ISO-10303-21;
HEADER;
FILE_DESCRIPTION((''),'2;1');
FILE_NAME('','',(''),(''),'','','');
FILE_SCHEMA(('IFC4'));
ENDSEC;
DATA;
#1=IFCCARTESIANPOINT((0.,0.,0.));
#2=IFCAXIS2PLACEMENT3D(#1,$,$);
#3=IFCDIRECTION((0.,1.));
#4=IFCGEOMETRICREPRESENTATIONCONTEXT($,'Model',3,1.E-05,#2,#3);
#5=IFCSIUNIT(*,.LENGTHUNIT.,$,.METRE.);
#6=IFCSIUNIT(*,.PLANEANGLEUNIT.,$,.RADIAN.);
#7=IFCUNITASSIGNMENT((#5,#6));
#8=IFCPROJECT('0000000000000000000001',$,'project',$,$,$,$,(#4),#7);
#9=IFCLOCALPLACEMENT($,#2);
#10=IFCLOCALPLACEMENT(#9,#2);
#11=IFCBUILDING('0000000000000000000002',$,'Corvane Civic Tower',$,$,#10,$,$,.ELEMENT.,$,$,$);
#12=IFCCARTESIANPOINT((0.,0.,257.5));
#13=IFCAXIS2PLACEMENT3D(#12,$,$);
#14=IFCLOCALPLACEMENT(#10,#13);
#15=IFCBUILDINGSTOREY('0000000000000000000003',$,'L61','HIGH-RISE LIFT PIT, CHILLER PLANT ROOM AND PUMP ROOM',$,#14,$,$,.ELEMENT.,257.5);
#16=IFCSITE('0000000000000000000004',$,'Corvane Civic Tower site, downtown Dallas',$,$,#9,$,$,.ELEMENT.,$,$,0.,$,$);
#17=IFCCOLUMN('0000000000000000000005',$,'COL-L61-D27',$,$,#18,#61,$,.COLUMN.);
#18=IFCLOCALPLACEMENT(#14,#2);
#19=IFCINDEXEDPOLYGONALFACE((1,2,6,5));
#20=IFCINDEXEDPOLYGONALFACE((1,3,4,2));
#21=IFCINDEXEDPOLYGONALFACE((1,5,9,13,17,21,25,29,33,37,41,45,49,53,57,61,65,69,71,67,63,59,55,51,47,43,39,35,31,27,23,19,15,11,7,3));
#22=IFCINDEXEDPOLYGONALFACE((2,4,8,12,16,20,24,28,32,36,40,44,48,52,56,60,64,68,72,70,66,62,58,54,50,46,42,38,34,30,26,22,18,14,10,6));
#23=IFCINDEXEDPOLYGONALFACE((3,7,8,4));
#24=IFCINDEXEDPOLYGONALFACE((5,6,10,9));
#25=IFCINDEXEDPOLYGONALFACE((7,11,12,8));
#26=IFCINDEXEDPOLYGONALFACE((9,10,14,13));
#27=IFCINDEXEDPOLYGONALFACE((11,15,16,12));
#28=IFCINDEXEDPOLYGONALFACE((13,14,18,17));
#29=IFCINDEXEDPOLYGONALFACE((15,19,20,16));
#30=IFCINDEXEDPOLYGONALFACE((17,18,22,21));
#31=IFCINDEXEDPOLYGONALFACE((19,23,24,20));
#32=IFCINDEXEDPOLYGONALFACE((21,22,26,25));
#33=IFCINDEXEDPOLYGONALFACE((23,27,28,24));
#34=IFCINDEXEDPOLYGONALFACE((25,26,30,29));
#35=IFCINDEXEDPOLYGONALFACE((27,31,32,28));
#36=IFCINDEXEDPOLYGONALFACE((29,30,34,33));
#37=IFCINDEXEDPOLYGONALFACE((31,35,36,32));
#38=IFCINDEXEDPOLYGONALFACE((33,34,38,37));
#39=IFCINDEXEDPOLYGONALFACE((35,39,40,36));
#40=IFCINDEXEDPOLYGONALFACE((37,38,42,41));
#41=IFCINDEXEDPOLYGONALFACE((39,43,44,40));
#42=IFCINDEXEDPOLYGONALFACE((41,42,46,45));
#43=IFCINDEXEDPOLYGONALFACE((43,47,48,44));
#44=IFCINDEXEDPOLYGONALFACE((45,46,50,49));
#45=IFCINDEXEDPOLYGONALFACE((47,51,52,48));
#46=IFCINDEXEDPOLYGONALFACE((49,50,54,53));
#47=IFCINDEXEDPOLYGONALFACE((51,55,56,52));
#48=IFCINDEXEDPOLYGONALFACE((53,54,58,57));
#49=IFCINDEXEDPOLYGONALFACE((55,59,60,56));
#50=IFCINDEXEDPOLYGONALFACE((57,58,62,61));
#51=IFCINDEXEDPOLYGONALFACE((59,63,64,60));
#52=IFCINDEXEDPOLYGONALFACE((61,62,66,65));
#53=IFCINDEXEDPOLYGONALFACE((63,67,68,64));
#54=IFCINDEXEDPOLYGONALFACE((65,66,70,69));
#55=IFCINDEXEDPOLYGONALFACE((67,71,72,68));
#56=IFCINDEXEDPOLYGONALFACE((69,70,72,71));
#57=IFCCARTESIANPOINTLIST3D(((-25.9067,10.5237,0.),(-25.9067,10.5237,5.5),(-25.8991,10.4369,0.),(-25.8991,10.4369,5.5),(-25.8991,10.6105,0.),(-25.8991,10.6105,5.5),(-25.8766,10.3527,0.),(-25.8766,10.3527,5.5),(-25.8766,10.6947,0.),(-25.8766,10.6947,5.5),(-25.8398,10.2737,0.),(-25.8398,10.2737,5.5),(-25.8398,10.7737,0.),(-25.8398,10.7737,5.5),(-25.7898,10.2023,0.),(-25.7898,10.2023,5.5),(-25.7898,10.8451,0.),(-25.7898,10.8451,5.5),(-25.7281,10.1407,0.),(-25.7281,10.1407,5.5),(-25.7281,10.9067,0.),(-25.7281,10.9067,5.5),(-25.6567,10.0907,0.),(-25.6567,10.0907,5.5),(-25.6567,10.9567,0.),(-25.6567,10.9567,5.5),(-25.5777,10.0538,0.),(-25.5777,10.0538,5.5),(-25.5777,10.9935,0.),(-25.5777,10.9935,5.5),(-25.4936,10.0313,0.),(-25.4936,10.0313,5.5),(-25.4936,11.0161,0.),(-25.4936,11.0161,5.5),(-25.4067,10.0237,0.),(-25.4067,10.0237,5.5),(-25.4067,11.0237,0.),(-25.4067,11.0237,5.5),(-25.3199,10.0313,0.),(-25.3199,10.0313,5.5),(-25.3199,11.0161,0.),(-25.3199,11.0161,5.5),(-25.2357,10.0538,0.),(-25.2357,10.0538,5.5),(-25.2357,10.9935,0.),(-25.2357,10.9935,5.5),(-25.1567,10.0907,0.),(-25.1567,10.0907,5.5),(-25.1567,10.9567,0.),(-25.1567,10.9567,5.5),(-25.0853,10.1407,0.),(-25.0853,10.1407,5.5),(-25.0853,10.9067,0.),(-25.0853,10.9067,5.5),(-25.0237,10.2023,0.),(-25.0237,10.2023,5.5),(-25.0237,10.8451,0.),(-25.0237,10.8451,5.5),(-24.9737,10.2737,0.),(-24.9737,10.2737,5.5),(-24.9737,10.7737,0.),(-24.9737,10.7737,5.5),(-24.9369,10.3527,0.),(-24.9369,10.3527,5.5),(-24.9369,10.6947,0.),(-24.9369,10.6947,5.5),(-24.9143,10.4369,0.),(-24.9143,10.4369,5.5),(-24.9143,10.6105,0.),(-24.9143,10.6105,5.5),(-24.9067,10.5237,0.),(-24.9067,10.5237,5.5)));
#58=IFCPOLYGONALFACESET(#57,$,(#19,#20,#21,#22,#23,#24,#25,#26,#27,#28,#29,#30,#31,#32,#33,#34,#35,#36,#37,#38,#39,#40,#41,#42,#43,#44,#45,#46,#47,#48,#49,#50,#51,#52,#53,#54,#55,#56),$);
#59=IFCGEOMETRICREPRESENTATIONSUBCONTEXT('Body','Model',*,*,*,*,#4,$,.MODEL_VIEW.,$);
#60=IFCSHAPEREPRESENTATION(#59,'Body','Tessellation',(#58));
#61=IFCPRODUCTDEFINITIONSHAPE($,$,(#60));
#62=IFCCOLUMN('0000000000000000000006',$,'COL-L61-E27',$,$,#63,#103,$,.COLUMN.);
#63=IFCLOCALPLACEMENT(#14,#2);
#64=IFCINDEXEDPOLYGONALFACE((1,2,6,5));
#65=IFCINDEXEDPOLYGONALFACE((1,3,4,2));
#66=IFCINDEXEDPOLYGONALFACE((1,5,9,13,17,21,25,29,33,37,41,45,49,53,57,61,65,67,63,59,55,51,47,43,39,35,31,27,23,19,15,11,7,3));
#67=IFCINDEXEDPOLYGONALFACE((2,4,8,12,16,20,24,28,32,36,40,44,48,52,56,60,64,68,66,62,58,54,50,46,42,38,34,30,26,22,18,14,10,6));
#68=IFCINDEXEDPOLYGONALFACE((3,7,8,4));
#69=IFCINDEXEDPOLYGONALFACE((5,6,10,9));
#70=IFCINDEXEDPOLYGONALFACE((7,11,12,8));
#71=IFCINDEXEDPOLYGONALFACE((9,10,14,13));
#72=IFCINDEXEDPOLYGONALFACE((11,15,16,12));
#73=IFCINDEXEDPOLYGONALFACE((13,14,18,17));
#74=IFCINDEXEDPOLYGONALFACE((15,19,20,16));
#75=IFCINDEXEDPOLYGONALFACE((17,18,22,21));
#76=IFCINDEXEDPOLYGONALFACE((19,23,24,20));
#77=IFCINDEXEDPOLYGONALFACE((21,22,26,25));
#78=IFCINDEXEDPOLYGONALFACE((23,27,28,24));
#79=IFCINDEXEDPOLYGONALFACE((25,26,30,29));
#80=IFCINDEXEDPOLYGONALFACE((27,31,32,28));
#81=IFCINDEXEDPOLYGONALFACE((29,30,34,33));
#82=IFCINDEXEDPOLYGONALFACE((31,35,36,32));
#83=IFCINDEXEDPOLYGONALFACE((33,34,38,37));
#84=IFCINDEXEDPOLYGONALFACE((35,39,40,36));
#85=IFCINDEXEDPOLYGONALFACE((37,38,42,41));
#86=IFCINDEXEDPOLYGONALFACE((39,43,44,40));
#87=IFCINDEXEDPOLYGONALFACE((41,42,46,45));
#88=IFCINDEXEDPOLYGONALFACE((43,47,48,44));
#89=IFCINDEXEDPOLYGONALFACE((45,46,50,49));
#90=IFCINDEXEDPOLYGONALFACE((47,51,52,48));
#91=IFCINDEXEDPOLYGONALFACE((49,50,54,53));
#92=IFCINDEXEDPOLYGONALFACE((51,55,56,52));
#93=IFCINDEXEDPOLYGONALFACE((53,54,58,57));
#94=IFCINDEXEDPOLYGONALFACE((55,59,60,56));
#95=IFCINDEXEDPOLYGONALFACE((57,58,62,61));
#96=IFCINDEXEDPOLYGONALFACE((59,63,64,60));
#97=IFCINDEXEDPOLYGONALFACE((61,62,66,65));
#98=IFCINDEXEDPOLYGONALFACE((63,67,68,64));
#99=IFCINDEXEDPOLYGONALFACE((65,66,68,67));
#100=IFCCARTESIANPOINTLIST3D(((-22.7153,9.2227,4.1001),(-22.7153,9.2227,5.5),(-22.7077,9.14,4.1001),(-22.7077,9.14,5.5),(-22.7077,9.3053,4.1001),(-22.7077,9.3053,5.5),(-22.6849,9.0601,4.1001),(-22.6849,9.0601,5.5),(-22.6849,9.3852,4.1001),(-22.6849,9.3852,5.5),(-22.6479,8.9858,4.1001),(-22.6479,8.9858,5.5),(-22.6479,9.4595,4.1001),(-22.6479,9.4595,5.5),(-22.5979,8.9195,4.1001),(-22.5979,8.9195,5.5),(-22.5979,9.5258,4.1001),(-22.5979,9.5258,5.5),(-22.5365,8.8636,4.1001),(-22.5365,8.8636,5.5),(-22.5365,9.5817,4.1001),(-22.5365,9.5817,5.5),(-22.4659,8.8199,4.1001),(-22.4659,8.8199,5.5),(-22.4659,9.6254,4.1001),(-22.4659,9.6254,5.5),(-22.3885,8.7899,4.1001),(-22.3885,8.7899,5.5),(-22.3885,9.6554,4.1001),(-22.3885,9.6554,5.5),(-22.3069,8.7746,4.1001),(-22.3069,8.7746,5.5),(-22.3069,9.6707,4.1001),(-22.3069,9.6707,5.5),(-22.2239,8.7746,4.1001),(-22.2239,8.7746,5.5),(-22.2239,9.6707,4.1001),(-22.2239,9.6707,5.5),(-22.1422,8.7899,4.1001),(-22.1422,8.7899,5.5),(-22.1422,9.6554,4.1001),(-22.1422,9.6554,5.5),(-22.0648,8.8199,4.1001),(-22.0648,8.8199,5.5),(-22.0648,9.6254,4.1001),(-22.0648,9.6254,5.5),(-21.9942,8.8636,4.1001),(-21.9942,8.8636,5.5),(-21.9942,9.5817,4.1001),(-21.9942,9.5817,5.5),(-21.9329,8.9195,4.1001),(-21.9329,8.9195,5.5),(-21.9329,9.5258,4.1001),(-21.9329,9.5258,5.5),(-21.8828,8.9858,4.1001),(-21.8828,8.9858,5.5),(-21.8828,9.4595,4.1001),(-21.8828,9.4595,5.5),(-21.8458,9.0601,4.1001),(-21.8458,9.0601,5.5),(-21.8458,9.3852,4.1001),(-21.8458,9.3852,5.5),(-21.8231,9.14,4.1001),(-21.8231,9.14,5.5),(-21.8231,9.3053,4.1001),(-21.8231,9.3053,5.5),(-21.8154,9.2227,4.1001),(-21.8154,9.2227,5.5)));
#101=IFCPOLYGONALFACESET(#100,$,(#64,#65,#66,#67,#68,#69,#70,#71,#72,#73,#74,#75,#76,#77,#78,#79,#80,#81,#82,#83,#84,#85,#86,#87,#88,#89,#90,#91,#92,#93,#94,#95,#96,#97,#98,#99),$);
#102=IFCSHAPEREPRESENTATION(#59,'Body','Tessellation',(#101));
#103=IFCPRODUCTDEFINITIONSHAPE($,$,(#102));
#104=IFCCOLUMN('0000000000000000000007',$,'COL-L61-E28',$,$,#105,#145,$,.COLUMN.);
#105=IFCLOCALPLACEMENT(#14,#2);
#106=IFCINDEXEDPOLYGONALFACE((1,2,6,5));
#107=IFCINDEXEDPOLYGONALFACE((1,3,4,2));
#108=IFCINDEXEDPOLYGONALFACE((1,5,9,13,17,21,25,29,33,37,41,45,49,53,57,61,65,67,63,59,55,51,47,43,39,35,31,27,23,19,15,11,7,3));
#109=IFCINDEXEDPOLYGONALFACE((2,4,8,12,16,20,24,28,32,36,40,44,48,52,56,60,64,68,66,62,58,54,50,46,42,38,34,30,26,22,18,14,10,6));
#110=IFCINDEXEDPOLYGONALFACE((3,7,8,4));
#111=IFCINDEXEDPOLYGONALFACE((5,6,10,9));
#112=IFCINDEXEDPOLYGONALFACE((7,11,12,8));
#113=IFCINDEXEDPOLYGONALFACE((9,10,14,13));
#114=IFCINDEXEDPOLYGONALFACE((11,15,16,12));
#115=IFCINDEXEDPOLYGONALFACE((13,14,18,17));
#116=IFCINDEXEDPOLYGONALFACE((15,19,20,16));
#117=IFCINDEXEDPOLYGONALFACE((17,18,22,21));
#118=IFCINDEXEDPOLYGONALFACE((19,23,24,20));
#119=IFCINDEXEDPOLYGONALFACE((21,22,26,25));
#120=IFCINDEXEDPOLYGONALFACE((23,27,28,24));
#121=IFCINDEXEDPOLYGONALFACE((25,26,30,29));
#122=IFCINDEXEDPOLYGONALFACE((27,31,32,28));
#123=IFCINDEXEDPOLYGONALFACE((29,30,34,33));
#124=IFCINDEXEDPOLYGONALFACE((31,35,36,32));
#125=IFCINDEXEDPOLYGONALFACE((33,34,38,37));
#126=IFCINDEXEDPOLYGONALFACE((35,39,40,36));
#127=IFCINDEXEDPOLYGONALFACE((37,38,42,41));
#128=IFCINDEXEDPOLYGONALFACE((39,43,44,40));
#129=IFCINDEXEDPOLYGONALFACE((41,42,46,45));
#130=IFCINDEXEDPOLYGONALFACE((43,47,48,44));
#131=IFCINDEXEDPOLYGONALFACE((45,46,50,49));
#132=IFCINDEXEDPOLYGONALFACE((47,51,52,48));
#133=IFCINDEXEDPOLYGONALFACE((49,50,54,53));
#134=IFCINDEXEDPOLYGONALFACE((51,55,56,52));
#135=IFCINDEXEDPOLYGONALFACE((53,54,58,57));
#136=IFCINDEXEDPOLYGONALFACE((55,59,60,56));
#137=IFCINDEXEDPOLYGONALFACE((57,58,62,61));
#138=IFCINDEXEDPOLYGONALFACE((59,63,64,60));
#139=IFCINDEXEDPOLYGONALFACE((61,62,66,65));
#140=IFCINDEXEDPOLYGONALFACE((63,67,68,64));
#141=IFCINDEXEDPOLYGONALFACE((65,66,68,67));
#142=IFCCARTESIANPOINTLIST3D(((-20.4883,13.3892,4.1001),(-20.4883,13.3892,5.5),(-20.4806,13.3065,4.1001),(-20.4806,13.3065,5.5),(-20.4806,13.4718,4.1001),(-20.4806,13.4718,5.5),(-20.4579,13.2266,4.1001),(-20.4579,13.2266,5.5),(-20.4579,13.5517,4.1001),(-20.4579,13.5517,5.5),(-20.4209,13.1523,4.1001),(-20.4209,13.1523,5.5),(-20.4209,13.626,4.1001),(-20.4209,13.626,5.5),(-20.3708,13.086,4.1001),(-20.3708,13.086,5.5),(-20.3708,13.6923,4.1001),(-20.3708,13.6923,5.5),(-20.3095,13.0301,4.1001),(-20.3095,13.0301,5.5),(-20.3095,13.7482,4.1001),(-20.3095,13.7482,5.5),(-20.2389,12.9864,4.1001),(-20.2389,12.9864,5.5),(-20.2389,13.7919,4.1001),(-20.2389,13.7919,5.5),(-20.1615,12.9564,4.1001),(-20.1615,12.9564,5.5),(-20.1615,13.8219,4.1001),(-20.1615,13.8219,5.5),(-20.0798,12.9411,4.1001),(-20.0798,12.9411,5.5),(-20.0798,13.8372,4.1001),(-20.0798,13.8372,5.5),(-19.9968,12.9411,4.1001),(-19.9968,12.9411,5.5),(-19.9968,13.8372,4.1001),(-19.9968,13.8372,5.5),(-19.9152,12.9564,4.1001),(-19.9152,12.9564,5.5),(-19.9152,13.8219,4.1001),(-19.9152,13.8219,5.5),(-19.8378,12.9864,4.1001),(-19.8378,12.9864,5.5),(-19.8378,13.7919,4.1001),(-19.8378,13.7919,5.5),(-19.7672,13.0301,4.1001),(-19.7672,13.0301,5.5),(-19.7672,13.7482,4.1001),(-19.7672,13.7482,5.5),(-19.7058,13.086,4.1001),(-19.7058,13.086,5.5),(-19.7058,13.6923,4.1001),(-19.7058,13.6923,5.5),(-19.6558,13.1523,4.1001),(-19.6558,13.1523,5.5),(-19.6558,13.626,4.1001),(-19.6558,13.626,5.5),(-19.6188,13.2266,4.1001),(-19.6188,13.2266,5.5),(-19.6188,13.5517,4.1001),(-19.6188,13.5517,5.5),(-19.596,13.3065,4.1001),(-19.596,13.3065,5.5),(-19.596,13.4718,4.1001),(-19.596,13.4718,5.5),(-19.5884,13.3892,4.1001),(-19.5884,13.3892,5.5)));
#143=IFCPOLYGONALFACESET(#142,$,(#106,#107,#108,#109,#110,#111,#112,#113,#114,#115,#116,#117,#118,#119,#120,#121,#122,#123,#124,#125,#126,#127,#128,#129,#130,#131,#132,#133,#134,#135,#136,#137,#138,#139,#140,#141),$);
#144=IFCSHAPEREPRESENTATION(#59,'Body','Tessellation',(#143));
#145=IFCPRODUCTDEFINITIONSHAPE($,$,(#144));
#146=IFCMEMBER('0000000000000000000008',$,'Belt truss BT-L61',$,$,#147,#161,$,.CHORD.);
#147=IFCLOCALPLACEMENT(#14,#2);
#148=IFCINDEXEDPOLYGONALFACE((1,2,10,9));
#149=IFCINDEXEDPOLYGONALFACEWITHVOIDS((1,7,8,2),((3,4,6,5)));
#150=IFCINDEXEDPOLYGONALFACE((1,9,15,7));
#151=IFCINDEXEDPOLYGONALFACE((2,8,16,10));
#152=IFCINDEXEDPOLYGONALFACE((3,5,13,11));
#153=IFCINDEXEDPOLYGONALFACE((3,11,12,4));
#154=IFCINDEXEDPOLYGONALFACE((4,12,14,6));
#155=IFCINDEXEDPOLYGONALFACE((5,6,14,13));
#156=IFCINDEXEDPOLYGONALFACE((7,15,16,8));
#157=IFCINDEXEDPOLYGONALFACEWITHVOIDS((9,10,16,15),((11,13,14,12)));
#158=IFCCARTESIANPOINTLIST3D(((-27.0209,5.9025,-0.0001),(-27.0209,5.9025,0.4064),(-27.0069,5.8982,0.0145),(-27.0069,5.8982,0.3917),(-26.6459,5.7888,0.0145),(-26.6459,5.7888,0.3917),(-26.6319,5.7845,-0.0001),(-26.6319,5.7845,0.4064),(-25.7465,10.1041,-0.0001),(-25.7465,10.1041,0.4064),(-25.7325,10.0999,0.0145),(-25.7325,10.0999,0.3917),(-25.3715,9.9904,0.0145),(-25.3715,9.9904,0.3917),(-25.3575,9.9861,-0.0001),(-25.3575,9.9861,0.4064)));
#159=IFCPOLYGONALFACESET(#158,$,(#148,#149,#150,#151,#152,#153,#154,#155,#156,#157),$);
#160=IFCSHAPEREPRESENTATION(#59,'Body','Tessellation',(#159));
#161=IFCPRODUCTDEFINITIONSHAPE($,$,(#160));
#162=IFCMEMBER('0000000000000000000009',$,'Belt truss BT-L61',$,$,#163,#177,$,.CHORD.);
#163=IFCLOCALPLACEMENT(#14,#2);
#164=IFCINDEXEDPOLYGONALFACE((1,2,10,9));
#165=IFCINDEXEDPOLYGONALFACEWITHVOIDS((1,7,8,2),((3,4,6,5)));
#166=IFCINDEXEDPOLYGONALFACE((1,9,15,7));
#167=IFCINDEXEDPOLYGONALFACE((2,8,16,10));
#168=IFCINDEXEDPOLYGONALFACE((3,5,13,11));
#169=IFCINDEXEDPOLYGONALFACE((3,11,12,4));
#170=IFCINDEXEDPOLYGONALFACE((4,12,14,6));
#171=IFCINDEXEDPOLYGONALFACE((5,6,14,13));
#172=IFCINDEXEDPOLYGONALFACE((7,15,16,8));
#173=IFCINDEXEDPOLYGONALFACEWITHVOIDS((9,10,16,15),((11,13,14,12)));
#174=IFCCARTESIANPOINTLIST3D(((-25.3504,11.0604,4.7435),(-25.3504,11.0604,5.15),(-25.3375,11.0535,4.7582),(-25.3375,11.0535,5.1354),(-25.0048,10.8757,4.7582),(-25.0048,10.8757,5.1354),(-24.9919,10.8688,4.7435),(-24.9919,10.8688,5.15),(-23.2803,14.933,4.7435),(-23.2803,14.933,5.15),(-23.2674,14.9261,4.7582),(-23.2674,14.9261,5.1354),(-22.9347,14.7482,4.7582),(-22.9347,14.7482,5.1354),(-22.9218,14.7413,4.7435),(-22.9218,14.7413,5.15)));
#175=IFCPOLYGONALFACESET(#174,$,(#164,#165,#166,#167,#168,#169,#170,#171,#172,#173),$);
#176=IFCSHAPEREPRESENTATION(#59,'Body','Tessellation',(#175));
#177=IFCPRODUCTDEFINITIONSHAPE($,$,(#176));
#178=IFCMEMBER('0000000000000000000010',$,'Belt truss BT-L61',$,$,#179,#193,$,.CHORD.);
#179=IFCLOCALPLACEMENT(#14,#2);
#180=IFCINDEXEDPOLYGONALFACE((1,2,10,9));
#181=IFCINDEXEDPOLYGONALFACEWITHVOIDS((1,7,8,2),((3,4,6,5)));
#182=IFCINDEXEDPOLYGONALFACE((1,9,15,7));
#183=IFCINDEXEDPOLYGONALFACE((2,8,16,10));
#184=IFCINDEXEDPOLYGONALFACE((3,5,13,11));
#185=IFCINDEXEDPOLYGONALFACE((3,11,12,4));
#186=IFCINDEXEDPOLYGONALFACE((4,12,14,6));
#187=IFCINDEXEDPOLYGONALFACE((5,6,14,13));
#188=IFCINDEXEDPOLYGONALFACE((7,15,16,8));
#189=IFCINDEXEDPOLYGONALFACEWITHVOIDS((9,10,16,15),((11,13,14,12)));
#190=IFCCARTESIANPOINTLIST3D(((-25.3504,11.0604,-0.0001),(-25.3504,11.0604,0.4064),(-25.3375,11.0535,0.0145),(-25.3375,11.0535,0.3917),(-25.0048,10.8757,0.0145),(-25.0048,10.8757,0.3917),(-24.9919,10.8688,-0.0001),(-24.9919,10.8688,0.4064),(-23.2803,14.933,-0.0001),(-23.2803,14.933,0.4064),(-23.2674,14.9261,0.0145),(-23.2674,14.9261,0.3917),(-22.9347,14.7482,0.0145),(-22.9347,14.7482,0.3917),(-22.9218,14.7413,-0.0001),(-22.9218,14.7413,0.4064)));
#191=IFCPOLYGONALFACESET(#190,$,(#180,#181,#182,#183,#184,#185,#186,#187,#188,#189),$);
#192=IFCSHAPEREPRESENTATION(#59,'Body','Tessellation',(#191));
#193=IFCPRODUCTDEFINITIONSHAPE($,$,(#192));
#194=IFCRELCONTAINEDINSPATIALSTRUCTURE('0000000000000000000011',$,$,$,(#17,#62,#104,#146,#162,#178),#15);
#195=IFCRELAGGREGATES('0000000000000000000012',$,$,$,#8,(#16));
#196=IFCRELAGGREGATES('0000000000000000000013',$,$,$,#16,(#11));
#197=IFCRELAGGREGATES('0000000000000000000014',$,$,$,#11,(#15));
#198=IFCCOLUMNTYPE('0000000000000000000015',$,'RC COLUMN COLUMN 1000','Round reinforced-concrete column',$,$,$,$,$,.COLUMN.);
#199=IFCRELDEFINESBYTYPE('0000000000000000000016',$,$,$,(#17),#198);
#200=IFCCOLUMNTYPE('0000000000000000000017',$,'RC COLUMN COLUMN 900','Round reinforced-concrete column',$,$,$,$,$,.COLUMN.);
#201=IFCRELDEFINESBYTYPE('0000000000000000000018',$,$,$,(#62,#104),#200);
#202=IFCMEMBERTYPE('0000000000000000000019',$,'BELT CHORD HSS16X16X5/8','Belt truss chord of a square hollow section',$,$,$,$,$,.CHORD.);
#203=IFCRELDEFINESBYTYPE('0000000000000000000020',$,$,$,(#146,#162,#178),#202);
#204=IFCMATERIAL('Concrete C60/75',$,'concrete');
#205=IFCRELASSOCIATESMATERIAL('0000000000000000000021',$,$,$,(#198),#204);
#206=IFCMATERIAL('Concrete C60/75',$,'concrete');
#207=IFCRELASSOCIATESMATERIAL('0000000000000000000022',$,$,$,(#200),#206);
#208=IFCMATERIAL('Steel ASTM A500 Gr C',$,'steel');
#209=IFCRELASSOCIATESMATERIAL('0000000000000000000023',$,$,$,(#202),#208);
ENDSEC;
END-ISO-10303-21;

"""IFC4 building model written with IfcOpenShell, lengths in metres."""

from ifc_helpers import new_model, si_unit, direction, frame, origin, origin_2d, place, context, subcontext, project, spatial, hollow_rectangle, circle, extrude, material, material_profile, profile_set, type_object, element, save


model = new_model("IFC4")

# Units and contexts
model_context = context("Model", 3, precision=1e-05, world=origin(), true_north=direction((0.0, 1.0)))
body_context = subcontext(model_context, "Body", "Model", "MODEL_VIEW")
ifc_project = project(units=[si_unit("LENGTHUNIT", "METRE"), si_unit("PLANEANGLEUNIT", "RADIAN")], contexts=[model_context])

# Site, building, storey
site_placement = place(None, origin())
site = spatial("IfcSite", under=ifc_project, at=site_placement, Name="Corvane Civic Tower site, downtown Dallas", CompositionType="ELEMENT", RefElevation=0.0)
building_placement = place(site_placement, origin())
building = spatial("IfcBuilding", under=site, at=building_placement, Name="Corvane Civic Tower", CompositionType="ELEMENT")
storey_placement = place(building_placement, frame((0.0, 0.0, 257.5)))
storey = spatial("IfcBuildingStorey", under=building, at=storey_placement, Name="L61", Description="HIGH-RISE LIFT PIT, CHILLER PLANT ROOM AND PUMP ROOM", CompositionType="ELEMENT", Elevation=257.5)

# Columns
ifc_material_1 = material(Name="Concrete C60/75", Category="concrete")
ifc_material_profile_1 = material_profile(ifc_material_1, circle(Radius=0.5, at=origin_2d()), Name="COLUMN 1000")
ifc_profile_set_1 = profile_set([ifc_material_profile_1], Name="Concrete C60/75")
column_type_1 = type_object("IfcColumnType", Name="RC COLUMN COLUMN 1000", Description="Round reinforced-concrete column", PredefinedType="COLUMN", material=ifc_profile_set_1)
column_placement = place(storey_placement, frame((-25.4067, 10.5237, 0.0), z_axis=(0.0, 0.0, 1.0), x_axis=(1.0, 0.0, 0.0)))
element("IfcColumn", 1, at=column_placement, inside=storey, type_object=column_type_1, Name="COL-L61-D27", PredefinedType="COLUMN", context=body_context, shape_type="SweptSolid", body=[
    extrude(circle(Radius=0.5, at=origin_2d()), origin(), (0.0, 0.0, 1.0), 5.5),
])
ifc_material_2 = material(Name="Concrete C60/75", Category="concrete")
ifc_material_profile_2 = material_profile(ifc_material_2, circle(Radius=0.45, at=origin_2d()), Name="COLUMN 900")
ifc_profile_set_2 = profile_set([ifc_material_profile_2], Name="Concrete C60/75")
column_type_2 = type_object("IfcColumnType", Name="RC COLUMN COLUMN 900", Description="Round reinforced-concrete column", PredefinedType="COLUMN", material=ifc_profile_set_2)
for number, where, z_axis, x_axis, name in (
    (2, (-22.2654, 9.2227, 4.1001), (0.0, 0.0, 1.0), (1.0, 0.0, 0.0), "COL-L61-E27"),
    (3, (-20.0383, 13.3892, 4.1001), (0.0, 0.0, 1.0), (1.0, 0.0, 0.0), "COL-L61-E28"),
):
    element("IfcColumn", number, at=place(storey_placement, frame(where, z_axis=z_axis, x_axis=x_axis)), inside=storey, type_object=column_type_2, Name=name, PredefinedType="COLUMN", context=body_context, shape_type="SweptSolid", body=[
        extrude(circle(Radius=0.45, at=origin_2d()), origin(), (0.0, 0.0, 1.0), 1.3999),
    ])

# Members
ifc_material_3 = material(Name="Steel ASTM A500 Gr C", Category="steel")
ifc_material_profile_3 = material_profile(ifc_material_3, hollow_rectangle(XDim=0.4065, YDim=0.4065, WallThickness=0.0146, at=origin_2d()), Name="HSS16X16X5/8")
ifc_profile_set_3 = profile_set([ifc_material_profile_3], Name="Steel ASTM A500 Gr C")
member_type_1 = type_object("IfcMemberType", Name="BELT CHORD HSS16X16X5/8", Description="Belt truss chord of a square hollow section", PredefinedType="CHORD", material=ifc_profile_set_3)
member_1_placement = place(storey_placement, frame((-26.8264, 5.8435, 0.2031), z_axis=(0.290254, 0.95695, 0.0), x_axis=(-0.95695, 0.290254, 0.0)))
element("IfcMember", 4, at=member_1_placement, inside=storey, type_object=member_type_1, Name="Belt truss BT-L61", PredefinedType="CHORD", context=body_context, shape_type="SweptSolid", body=[
    extrude(hollow_rectangle(XDim=0.4065, YDim=0.4065, WallThickness=0.0146, at=origin_2d()), origin(), (0.0, 0.0, 1.0), 4.3906),
])
for number, where, z_axis, x_axis, name in (
    (5, (-25.1711, 10.9646, 4.9468), (0.471422, 0.881908, 0.0), (-0.881908, 0.471422, 0.0), "Belt truss BT-L61"),
    (6, (-25.1711, 10.9646, 0.2031), (0.471422, 0.881908, 0.0), (-0.881908, 0.471422, 0.0), "Belt truss BT-L61"),
):
    element("IfcMember", number, at=place(storey_placement, frame(where, z_axis=z_axis, x_axis=x_axis)), inside=storey, type_object=member_type_1, Name=name, PredefinedType="CHORD", context=body_context, shape_type="SweptSolid", body=[
        extrude(hollow_rectangle(XDim=0.4065, YDim=0.4065, WallThickness=0.0146, at=origin_2d()), origin(), (0.0, 0.0, 1.0), 4.3911),
    ])

save(model, "model.ifc")
